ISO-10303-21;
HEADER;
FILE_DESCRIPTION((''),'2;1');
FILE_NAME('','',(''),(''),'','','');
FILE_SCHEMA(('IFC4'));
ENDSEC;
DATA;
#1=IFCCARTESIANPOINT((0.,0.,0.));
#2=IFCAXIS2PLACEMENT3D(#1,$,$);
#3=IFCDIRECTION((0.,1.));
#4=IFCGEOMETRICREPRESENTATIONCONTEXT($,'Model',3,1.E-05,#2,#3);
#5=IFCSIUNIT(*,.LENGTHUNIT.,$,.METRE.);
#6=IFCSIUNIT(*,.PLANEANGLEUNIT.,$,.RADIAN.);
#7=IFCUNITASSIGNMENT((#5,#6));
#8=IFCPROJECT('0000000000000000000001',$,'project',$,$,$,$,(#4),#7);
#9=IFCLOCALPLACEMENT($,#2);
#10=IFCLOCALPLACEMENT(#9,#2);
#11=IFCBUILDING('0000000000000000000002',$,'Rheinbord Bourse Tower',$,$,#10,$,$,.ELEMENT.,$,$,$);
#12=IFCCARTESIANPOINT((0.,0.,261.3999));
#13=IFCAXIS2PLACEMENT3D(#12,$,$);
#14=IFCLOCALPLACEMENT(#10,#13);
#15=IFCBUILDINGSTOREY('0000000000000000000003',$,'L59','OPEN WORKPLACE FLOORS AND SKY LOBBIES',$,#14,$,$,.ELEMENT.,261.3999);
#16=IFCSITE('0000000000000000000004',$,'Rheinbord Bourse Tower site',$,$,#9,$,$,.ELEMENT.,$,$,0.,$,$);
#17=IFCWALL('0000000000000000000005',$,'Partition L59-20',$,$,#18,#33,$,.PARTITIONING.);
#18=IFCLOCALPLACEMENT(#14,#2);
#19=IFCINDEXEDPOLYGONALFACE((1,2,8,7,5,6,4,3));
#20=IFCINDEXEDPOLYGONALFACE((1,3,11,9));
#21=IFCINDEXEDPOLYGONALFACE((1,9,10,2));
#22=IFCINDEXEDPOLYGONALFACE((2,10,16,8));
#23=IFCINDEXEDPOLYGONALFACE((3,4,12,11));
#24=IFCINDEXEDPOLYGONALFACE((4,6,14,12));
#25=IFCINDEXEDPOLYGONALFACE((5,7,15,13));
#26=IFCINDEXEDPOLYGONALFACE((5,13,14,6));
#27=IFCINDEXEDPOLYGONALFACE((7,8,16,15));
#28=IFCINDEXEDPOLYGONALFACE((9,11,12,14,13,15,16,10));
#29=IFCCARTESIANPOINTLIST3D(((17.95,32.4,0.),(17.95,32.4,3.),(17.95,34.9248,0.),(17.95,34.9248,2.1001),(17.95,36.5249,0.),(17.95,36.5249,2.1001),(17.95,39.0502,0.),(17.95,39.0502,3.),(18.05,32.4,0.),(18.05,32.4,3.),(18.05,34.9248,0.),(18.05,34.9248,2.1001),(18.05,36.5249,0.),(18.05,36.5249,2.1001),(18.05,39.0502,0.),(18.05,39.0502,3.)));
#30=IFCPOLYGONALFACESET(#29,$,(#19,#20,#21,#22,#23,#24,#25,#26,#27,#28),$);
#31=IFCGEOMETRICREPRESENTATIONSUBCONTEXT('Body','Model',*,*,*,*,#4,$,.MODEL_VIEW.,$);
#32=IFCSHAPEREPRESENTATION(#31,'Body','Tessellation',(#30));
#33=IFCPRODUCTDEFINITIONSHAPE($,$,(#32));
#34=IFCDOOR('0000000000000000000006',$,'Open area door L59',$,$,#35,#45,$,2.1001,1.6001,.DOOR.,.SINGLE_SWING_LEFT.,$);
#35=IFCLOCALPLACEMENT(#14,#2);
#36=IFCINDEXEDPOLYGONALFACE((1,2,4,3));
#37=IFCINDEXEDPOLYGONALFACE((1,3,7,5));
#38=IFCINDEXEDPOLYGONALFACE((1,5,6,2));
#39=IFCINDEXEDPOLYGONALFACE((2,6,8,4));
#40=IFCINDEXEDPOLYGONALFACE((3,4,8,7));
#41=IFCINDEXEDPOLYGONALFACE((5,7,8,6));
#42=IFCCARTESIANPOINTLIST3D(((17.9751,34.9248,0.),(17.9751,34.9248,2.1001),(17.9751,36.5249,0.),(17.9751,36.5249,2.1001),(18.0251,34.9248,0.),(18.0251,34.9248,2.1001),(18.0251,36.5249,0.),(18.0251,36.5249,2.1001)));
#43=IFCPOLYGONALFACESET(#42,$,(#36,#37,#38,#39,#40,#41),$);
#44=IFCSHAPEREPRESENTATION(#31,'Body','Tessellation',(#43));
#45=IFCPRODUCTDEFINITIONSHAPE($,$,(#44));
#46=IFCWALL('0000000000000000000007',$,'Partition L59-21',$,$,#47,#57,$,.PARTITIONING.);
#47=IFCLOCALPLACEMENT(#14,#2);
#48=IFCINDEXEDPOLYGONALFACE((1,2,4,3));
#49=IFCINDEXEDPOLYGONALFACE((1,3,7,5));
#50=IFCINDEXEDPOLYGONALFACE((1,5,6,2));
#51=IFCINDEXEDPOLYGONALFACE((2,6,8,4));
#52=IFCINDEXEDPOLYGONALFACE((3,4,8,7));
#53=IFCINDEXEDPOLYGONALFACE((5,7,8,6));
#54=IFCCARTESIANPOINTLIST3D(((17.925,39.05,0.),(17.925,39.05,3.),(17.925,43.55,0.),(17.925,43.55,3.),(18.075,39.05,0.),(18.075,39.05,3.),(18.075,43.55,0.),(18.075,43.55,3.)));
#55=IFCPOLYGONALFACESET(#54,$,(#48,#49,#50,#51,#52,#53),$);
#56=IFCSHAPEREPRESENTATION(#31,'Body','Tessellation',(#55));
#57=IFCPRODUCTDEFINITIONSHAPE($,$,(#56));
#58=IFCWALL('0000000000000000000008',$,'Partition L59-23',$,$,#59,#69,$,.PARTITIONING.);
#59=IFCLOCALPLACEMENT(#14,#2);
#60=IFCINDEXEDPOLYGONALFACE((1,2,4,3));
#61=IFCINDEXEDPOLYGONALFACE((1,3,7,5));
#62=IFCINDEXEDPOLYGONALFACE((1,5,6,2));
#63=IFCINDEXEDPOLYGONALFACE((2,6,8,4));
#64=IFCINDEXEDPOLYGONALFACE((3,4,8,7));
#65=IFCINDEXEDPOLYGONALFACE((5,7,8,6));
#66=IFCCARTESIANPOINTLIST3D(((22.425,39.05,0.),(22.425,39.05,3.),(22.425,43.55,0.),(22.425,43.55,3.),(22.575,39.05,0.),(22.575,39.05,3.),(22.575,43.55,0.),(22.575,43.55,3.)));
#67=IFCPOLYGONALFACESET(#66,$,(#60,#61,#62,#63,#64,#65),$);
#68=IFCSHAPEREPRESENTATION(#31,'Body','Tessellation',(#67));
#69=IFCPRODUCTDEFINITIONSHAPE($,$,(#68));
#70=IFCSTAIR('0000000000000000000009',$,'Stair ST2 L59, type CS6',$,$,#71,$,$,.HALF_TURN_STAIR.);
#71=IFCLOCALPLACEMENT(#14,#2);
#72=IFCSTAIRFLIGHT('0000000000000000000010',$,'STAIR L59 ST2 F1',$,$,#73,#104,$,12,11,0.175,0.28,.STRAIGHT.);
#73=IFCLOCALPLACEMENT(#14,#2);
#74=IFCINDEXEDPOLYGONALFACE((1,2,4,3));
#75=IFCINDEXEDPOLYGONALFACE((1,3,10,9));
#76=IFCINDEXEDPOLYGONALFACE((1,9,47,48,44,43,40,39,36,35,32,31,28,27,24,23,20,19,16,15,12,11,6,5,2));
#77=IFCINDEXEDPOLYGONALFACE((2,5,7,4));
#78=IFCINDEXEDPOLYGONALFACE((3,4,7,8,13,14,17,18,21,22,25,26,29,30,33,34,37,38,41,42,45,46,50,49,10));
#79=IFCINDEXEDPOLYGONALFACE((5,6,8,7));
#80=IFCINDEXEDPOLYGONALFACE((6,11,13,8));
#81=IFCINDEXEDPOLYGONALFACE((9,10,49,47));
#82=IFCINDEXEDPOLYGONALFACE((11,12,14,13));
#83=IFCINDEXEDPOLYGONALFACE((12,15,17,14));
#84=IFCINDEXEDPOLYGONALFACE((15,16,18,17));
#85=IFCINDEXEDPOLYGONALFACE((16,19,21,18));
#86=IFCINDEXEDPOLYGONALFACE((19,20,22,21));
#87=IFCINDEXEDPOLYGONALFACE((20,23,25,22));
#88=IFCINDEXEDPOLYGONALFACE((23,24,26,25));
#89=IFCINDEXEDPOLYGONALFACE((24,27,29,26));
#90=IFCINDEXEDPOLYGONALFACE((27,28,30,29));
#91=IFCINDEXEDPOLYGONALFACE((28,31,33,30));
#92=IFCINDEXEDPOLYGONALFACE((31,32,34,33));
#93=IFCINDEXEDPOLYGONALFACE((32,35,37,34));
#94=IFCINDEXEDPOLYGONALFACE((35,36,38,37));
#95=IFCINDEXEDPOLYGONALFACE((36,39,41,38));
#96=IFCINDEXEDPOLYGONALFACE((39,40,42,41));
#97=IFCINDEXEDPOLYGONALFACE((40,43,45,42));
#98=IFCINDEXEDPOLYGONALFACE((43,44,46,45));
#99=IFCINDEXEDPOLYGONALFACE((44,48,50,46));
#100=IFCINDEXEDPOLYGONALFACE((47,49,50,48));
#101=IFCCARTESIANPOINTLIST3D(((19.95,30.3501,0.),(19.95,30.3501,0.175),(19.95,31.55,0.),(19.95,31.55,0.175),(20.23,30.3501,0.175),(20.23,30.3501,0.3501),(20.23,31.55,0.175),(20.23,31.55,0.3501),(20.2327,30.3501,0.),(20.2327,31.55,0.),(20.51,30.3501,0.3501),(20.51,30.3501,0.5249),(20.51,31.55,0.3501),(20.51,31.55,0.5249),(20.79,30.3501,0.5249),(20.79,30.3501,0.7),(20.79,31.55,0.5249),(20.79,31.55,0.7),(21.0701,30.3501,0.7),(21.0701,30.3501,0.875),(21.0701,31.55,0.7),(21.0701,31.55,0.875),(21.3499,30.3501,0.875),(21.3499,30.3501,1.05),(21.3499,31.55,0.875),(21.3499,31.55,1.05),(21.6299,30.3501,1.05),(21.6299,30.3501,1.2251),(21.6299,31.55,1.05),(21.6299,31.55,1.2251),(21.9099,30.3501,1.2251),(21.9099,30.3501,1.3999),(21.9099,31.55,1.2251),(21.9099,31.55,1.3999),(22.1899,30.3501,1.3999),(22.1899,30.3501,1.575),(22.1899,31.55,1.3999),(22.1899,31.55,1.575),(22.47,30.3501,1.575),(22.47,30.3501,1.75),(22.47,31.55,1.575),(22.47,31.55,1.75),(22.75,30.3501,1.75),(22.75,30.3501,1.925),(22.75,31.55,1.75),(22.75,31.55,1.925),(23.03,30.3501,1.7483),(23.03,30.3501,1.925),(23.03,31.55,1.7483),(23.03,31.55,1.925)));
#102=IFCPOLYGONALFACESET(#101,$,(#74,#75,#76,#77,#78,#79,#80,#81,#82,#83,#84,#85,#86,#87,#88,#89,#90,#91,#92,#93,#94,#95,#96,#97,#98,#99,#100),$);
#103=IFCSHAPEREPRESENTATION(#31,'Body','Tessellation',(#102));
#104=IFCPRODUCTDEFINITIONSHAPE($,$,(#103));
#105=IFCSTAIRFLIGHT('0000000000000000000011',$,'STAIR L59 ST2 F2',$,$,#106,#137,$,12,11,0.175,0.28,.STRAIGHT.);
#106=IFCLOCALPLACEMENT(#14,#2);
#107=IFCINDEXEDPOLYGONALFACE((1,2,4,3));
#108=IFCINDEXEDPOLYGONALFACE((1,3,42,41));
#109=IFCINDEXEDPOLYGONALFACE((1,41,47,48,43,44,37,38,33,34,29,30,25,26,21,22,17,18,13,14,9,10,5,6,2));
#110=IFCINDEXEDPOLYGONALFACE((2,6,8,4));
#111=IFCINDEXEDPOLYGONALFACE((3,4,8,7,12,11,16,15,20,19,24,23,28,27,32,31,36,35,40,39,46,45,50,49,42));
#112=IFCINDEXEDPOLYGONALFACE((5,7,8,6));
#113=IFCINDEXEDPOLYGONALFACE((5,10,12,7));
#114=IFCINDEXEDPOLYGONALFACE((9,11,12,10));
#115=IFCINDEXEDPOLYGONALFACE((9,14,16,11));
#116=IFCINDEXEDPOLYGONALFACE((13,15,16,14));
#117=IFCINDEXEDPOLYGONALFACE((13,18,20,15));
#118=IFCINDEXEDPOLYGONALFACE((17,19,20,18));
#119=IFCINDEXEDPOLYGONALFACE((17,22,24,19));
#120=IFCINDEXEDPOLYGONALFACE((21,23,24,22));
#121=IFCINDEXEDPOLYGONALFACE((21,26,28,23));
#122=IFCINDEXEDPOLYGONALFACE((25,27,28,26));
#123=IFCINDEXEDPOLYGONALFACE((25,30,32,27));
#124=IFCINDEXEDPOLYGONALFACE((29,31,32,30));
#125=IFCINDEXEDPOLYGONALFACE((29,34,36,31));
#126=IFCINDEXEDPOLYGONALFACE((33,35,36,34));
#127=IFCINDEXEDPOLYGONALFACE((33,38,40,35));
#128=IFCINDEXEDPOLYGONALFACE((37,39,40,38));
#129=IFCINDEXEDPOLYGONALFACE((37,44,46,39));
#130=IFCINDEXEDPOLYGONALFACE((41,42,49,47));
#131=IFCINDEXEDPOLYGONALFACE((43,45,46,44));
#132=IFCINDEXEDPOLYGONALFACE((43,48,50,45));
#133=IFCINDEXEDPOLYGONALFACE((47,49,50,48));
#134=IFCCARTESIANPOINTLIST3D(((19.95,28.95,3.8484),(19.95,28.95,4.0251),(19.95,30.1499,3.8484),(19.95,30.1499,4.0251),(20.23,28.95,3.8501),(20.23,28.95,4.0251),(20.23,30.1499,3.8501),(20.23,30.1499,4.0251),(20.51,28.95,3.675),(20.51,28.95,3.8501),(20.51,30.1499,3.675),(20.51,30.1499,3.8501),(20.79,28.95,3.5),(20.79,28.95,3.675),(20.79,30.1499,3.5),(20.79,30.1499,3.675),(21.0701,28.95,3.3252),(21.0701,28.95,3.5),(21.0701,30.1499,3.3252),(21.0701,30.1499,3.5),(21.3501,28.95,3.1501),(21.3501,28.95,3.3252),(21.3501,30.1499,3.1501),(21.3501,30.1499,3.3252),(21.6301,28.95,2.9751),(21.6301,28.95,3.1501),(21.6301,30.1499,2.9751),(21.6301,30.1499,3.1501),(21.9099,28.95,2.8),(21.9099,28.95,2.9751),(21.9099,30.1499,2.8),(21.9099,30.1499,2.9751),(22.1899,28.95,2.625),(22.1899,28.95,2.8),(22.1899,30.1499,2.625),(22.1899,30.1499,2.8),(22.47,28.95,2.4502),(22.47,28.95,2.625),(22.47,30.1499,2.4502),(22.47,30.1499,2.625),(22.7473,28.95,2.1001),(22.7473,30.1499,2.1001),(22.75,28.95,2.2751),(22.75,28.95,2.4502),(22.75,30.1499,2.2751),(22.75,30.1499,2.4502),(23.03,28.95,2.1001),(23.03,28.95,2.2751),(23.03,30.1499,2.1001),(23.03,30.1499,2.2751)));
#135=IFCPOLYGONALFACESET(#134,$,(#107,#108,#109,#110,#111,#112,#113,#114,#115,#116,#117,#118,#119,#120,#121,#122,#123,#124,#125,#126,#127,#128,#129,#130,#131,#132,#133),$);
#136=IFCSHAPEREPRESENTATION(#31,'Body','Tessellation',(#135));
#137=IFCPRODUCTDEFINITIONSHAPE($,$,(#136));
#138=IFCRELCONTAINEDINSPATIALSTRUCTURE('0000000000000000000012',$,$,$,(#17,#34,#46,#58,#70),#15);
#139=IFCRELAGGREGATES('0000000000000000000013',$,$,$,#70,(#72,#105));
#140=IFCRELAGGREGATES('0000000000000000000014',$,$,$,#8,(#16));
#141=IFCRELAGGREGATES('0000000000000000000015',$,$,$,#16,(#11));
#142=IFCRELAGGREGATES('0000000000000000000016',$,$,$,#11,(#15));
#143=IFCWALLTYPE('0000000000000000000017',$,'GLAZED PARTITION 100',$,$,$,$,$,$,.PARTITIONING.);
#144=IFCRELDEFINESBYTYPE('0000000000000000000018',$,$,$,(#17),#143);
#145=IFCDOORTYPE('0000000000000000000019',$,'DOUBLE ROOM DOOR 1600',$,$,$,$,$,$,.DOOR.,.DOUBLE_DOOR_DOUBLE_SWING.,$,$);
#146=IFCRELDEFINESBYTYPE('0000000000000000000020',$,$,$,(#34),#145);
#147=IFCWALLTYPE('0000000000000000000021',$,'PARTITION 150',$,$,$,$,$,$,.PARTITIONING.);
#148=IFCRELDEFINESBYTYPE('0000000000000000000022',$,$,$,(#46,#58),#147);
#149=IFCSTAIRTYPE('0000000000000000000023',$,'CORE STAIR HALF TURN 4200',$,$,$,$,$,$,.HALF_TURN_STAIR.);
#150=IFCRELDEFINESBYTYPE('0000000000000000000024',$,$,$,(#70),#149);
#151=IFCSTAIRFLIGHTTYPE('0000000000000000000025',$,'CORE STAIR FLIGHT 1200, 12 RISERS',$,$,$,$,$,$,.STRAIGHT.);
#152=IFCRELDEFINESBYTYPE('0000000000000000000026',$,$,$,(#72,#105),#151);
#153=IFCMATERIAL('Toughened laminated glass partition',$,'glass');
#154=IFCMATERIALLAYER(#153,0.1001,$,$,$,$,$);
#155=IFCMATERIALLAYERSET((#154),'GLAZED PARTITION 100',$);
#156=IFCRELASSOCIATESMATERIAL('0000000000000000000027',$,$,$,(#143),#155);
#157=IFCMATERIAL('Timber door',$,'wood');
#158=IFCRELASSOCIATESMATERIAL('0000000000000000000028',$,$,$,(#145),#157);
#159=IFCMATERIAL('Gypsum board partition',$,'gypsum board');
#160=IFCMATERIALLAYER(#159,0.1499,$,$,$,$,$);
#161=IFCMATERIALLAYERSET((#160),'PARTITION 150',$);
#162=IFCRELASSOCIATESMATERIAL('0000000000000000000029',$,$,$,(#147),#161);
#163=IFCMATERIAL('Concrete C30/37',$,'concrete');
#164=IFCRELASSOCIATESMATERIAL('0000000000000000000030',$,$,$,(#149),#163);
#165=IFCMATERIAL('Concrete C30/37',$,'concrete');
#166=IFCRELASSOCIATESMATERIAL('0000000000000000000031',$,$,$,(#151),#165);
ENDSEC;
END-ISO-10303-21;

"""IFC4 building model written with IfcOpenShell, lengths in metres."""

from ifc_helpers import new_model, si_unit, direction, frame, frame_2d, origin, place, context, subcontext, project, spatial, polyline, rectangle, outline, extrude, material, layer, layer_set, type_object, element, fill, aggregate, save


model = new_model("IFC4")

# Units and contexts
model_context = context("Model", 3, precision=1e-05, world=origin(), true_north=direction((0.0, 1.0)))
body_context = subcontext(model_context, "Body", "Model", "MODEL_VIEW")
ifc_project = project(units=[si_unit("LENGTHUNIT", "METRE"), si_unit("PLANEANGLEUNIT", "RADIAN")], contexts=[model_context])

# Site, building, storey
site_placement = place(None, origin())
site = spatial("IfcSite", under=ifc_project, at=site_placement, Name="Rheinbord Bourse Tower site", CompositionType="ELEMENT", RefElevation=0.0)
building_placement = place(site_placement, origin())
building = spatial("IfcBuilding", under=site, at=building_placement, Name="Rheinbord Bourse Tower", CompositionType="ELEMENT")
storey_placement = place(building_placement, frame((0.0, 0.0, 261.3999)))
storey = spatial("IfcBuildingStorey", under=building, at=storey_placement, Name="L59", Description="OPEN WORKPLACE FLOORS AND SKY LOBBIES", CompositionType="ELEMENT", Elevation=261.3999)

# Wall, opening, door
ifc_material_1 = material(Name="Toughened laminated glass partition", Category="glass")
ifc_layer_1 = layer(ifc_material_1, 0.1001)
ifc_layer_set_1 = layer_set([ifc_layer_1], Name="GLAZED PARTITION 100")
wall_type_1 = type_object("IfcWallType", Name="GLAZED PARTITION 100", PredefinedType="PARTITIONING", material=ifc_layer_set_1)
wall_1_placement = place(storey_placement, frame((18.0, 32.3999, 0.0), z_axis=(0.0, 0.0, 1.0), x_axis=(0.0, 1.0, 0.0)))
wall_1 = element("IfcWall", 1, at=wall_1_placement, inside=storey, type_object=wall_type_1, Name="Partition L59-20", PredefinedType="PARTITIONING", context=body_context, shape_type="SweptSolid", body=[
    extrude(rectangle(XDim=6.6501, YDim=0.1001, at=frame_2d((3.3252, 0.0))), origin(), (0.0, 0.0, 1.0), 3.0),
])
opening_1_placement = place(wall_1_placement, frame((2.5249, 0.0, 0.0)))
opening_1 = element("IfcOpeningElement", 2, at=opening_1_placement, cuts=wall_1, PredefinedType="OPENING", context=body_context, shape_type="SweptSolid", body=[
    extrude(rectangle(XDim=1.6001, YDim=2.1001, at=frame_2d((0.8, 1.05))), frame((0.0, 0.0601, 0.0), z_axis=(0.0, -1.0, 0.0), x_axis=(1.0, 0.0, 0.0)), (0.0, 0.0, 1.0), 0.1201),
])
ifc_material_2 = material(Name="Timber door", Category="wood")
door_type_1 = type_object("IfcDoorType", Name="DOUBLE ROOM DOOR 1600", OperationType="DOUBLE_DOOR_DOUBLE_SWING", PredefinedType="DOOR", material=ifc_material_2)
door_1_placement = place(opening_1_placement, origin())
door_1 = element("IfcDoor", 3, at=door_1_placement, inside=storey, type_object=door_type_1, Name="Open area door L59", OperationType="SINGLE_SWING_LEFT", OverallHeight=2.1001, OverallWidth=1.6001, PredefinedType="DOOR", context=body_context, shape_type="SweptSolid", body=[
    extrude(rectangle(XDim=1.6001, YDim=2.1001, at=frame_2d((0.8, 1.05))), frame((0.0, 0.0249, 0.0), z_axis=(0.0, -1.0, 0.0), x_axis=(1.0, 0.0, 0.0)), (0.0, 0.0, 1.0), 0.05),
])
fill(opening_1, door_1)

# Walls
ifc_material_3 = material(Name="Gypsum board partition", Category="gypsum board")
ifc_layer_2 = layer(ifc_material_3, 0.1499)
ifc_layer_set_2 = layer_set([ifc_layer_2], Name="PARTITION 150")
wall_type_2 = type_object("IfcWallType", Name="PARTITION 150", PredefinedType="PARTITIONING", material=ifc_layer_set_2)
for number, where, z_axis, x_axis, name in (
    (4, (18.0, 39.05, 0.0), (0.0, 0.0, 1.0), (0.0, 1.0, 0.0), "Partition L59-21"),
    (5, (22.5, 39.05, 0.0), (0.0, 0.0, 1.0), (0.0, 1.0, 0.0), "Partition L59-23"),
):
    element("IfcWall", number, at=place(storey_placement, frame(where, z_axis=z_axis, x_axis=x_axis)), inside=storey, type_object=wall_type_2, Name=name, PredefinedType="PARTITIONING", context=body_context, shape_type="SweptSolid", body=[
        extrude(rectangle(XDim=4.5, YDim=0.1499, at=frame_2d((2.25, 0.0))), origin(), (0.0, 0.0, 1.0), 3.0),
    ])

# Stair, stair flights
ifc_material_4 = material(Name="Concrete C30/37", Category="concrete")
stair_type = type_object("IfcStairType", Name="CORE STAIR HALF TURN 4200", PredefinedType="HALF_TURN_STAIR", material=ifc_material_4)
stair_placement = place(storey_placement, origin())
stair = element("IfcStair", 6, at=stair_placement, inside=storey, type_object=stair_type, Name="Stair ST2 L59, type CS6", PredefinedType="HALF_TURN_STAIR")
ifc_material_5 = material(Name="Concrete C30/37", Category="concrete")
stair_flight_type = type_object("IfcStairFlightType", Name="CORE STAIR FLIGHT 1200, 12 RISERS", PredefinedType="STRAIGHT", material=ifc_material_5)
stair_flight_1_placement = place(storey_placement, frame((19.95, 30.95, 0.0), z_axis=(0.0, 0.0, 1.0), x_axis=(1.0, 0.0, 0.0)))
stair_flight_1 = element("IfcStairFlight", 7, at=stair_flight_1_placement, type_object=stair_flight_type, Name="STAIR L59 ST2 F1", NumberOfRisers=12, NumberOfTreads=11, PredefinedType="STRAIGHT", RiserHeight=0.175, TreadLength=0.28, context=body_context, shape_type="SweptSolid", body=[
    extrude(outline(polyline([(0.0, 0.0), (0.0, 0.175), (0.28, 0.175), (0.28, 0.3501), (0.5601, 0.3501), (0.5601, 0.5249), (0.8401, 0.5249), (0.8401, 0.7), (1.1201, 0.7), (1.1201, 0.875), (1.3999, 0.875), (1.3999, 1.05), (1.6799, 1.05), (1.6799, 1.2251), (1.96, 1.2251), (1.96, 1.3999), (2.24, 1.3999), (2.24, 1.575), (2.52, 1.575), (2.52, 1.75), (2.8, 1.75), (2.8, 1.925), (3.0801, 1.925), (3.0801, 2.1001), (3.0801, 1.7483), (0.2827, 0.0), (0.0, 0.0)])), frame((0.0, 0.6001, 0.0), z_axis=(0.0, -1.0, 0.0), x_axis=(1.0, 0.0, 0.0)), (0.0, 0.0, 1.0), 1.2),
])
stair_flight_2_placement = place(storey_placement, frame((23.03, 29.55, 2.1001), z_axis=(0.0, 0.0, 1.0), x_axis=(-1.0, 0.0, 0.0)))
stair_flight_2 = element("IfcStairFlight", 8, at=stair_flight_2_placement, type_object=stair_flight_type, Name="STAIR L59 ST2 F2", NumberOfRisers=12, NumberOfTreads=11, PredefinedType="STRAIGHT", RiserHeight=0.175, TreadLength=0.28, context=body_context, shape_type="SweptSolid", body=[
    extrude(outline(polyline([(0.0, 0.0), (0.0, 0.175), (0.28, 0.175), (0.28, 0.3501), (0.5601, 0.3501), (0.5601, 0.5249), (0.8401, 0.5249), (0.8401, 0.7), (1.1201, 0.7), (1.1201, 0.875), (1.3999, 0.875), (1.3999, 1.05), (1.6799, 1.05), (1.6799, 1.2251), (1.96, 1.2251), (1.96, 1.3999), (2.24, 1.3999), (2.24, 1.575), (2.52, 1.575), (2.52, 1.75), (2.8, 1.75), (2.8, 1.925), (3.0801, 1.925), (3.0801, 2.1001), (3.0801, 1.7483), (0.2827, 0.0), (0.0, 0.0)])), frame((0.0, 0.6001, 0.0), z_axis=(0.0, -1.0, 0.0), x_axis=(1.0, 0.0, 0.0)), (0.0, 0.0, 1.0), 1.2),
])
aggregate(stair, [stair_flight_1, stair_flight_2])

save(model, "model.ifc")
